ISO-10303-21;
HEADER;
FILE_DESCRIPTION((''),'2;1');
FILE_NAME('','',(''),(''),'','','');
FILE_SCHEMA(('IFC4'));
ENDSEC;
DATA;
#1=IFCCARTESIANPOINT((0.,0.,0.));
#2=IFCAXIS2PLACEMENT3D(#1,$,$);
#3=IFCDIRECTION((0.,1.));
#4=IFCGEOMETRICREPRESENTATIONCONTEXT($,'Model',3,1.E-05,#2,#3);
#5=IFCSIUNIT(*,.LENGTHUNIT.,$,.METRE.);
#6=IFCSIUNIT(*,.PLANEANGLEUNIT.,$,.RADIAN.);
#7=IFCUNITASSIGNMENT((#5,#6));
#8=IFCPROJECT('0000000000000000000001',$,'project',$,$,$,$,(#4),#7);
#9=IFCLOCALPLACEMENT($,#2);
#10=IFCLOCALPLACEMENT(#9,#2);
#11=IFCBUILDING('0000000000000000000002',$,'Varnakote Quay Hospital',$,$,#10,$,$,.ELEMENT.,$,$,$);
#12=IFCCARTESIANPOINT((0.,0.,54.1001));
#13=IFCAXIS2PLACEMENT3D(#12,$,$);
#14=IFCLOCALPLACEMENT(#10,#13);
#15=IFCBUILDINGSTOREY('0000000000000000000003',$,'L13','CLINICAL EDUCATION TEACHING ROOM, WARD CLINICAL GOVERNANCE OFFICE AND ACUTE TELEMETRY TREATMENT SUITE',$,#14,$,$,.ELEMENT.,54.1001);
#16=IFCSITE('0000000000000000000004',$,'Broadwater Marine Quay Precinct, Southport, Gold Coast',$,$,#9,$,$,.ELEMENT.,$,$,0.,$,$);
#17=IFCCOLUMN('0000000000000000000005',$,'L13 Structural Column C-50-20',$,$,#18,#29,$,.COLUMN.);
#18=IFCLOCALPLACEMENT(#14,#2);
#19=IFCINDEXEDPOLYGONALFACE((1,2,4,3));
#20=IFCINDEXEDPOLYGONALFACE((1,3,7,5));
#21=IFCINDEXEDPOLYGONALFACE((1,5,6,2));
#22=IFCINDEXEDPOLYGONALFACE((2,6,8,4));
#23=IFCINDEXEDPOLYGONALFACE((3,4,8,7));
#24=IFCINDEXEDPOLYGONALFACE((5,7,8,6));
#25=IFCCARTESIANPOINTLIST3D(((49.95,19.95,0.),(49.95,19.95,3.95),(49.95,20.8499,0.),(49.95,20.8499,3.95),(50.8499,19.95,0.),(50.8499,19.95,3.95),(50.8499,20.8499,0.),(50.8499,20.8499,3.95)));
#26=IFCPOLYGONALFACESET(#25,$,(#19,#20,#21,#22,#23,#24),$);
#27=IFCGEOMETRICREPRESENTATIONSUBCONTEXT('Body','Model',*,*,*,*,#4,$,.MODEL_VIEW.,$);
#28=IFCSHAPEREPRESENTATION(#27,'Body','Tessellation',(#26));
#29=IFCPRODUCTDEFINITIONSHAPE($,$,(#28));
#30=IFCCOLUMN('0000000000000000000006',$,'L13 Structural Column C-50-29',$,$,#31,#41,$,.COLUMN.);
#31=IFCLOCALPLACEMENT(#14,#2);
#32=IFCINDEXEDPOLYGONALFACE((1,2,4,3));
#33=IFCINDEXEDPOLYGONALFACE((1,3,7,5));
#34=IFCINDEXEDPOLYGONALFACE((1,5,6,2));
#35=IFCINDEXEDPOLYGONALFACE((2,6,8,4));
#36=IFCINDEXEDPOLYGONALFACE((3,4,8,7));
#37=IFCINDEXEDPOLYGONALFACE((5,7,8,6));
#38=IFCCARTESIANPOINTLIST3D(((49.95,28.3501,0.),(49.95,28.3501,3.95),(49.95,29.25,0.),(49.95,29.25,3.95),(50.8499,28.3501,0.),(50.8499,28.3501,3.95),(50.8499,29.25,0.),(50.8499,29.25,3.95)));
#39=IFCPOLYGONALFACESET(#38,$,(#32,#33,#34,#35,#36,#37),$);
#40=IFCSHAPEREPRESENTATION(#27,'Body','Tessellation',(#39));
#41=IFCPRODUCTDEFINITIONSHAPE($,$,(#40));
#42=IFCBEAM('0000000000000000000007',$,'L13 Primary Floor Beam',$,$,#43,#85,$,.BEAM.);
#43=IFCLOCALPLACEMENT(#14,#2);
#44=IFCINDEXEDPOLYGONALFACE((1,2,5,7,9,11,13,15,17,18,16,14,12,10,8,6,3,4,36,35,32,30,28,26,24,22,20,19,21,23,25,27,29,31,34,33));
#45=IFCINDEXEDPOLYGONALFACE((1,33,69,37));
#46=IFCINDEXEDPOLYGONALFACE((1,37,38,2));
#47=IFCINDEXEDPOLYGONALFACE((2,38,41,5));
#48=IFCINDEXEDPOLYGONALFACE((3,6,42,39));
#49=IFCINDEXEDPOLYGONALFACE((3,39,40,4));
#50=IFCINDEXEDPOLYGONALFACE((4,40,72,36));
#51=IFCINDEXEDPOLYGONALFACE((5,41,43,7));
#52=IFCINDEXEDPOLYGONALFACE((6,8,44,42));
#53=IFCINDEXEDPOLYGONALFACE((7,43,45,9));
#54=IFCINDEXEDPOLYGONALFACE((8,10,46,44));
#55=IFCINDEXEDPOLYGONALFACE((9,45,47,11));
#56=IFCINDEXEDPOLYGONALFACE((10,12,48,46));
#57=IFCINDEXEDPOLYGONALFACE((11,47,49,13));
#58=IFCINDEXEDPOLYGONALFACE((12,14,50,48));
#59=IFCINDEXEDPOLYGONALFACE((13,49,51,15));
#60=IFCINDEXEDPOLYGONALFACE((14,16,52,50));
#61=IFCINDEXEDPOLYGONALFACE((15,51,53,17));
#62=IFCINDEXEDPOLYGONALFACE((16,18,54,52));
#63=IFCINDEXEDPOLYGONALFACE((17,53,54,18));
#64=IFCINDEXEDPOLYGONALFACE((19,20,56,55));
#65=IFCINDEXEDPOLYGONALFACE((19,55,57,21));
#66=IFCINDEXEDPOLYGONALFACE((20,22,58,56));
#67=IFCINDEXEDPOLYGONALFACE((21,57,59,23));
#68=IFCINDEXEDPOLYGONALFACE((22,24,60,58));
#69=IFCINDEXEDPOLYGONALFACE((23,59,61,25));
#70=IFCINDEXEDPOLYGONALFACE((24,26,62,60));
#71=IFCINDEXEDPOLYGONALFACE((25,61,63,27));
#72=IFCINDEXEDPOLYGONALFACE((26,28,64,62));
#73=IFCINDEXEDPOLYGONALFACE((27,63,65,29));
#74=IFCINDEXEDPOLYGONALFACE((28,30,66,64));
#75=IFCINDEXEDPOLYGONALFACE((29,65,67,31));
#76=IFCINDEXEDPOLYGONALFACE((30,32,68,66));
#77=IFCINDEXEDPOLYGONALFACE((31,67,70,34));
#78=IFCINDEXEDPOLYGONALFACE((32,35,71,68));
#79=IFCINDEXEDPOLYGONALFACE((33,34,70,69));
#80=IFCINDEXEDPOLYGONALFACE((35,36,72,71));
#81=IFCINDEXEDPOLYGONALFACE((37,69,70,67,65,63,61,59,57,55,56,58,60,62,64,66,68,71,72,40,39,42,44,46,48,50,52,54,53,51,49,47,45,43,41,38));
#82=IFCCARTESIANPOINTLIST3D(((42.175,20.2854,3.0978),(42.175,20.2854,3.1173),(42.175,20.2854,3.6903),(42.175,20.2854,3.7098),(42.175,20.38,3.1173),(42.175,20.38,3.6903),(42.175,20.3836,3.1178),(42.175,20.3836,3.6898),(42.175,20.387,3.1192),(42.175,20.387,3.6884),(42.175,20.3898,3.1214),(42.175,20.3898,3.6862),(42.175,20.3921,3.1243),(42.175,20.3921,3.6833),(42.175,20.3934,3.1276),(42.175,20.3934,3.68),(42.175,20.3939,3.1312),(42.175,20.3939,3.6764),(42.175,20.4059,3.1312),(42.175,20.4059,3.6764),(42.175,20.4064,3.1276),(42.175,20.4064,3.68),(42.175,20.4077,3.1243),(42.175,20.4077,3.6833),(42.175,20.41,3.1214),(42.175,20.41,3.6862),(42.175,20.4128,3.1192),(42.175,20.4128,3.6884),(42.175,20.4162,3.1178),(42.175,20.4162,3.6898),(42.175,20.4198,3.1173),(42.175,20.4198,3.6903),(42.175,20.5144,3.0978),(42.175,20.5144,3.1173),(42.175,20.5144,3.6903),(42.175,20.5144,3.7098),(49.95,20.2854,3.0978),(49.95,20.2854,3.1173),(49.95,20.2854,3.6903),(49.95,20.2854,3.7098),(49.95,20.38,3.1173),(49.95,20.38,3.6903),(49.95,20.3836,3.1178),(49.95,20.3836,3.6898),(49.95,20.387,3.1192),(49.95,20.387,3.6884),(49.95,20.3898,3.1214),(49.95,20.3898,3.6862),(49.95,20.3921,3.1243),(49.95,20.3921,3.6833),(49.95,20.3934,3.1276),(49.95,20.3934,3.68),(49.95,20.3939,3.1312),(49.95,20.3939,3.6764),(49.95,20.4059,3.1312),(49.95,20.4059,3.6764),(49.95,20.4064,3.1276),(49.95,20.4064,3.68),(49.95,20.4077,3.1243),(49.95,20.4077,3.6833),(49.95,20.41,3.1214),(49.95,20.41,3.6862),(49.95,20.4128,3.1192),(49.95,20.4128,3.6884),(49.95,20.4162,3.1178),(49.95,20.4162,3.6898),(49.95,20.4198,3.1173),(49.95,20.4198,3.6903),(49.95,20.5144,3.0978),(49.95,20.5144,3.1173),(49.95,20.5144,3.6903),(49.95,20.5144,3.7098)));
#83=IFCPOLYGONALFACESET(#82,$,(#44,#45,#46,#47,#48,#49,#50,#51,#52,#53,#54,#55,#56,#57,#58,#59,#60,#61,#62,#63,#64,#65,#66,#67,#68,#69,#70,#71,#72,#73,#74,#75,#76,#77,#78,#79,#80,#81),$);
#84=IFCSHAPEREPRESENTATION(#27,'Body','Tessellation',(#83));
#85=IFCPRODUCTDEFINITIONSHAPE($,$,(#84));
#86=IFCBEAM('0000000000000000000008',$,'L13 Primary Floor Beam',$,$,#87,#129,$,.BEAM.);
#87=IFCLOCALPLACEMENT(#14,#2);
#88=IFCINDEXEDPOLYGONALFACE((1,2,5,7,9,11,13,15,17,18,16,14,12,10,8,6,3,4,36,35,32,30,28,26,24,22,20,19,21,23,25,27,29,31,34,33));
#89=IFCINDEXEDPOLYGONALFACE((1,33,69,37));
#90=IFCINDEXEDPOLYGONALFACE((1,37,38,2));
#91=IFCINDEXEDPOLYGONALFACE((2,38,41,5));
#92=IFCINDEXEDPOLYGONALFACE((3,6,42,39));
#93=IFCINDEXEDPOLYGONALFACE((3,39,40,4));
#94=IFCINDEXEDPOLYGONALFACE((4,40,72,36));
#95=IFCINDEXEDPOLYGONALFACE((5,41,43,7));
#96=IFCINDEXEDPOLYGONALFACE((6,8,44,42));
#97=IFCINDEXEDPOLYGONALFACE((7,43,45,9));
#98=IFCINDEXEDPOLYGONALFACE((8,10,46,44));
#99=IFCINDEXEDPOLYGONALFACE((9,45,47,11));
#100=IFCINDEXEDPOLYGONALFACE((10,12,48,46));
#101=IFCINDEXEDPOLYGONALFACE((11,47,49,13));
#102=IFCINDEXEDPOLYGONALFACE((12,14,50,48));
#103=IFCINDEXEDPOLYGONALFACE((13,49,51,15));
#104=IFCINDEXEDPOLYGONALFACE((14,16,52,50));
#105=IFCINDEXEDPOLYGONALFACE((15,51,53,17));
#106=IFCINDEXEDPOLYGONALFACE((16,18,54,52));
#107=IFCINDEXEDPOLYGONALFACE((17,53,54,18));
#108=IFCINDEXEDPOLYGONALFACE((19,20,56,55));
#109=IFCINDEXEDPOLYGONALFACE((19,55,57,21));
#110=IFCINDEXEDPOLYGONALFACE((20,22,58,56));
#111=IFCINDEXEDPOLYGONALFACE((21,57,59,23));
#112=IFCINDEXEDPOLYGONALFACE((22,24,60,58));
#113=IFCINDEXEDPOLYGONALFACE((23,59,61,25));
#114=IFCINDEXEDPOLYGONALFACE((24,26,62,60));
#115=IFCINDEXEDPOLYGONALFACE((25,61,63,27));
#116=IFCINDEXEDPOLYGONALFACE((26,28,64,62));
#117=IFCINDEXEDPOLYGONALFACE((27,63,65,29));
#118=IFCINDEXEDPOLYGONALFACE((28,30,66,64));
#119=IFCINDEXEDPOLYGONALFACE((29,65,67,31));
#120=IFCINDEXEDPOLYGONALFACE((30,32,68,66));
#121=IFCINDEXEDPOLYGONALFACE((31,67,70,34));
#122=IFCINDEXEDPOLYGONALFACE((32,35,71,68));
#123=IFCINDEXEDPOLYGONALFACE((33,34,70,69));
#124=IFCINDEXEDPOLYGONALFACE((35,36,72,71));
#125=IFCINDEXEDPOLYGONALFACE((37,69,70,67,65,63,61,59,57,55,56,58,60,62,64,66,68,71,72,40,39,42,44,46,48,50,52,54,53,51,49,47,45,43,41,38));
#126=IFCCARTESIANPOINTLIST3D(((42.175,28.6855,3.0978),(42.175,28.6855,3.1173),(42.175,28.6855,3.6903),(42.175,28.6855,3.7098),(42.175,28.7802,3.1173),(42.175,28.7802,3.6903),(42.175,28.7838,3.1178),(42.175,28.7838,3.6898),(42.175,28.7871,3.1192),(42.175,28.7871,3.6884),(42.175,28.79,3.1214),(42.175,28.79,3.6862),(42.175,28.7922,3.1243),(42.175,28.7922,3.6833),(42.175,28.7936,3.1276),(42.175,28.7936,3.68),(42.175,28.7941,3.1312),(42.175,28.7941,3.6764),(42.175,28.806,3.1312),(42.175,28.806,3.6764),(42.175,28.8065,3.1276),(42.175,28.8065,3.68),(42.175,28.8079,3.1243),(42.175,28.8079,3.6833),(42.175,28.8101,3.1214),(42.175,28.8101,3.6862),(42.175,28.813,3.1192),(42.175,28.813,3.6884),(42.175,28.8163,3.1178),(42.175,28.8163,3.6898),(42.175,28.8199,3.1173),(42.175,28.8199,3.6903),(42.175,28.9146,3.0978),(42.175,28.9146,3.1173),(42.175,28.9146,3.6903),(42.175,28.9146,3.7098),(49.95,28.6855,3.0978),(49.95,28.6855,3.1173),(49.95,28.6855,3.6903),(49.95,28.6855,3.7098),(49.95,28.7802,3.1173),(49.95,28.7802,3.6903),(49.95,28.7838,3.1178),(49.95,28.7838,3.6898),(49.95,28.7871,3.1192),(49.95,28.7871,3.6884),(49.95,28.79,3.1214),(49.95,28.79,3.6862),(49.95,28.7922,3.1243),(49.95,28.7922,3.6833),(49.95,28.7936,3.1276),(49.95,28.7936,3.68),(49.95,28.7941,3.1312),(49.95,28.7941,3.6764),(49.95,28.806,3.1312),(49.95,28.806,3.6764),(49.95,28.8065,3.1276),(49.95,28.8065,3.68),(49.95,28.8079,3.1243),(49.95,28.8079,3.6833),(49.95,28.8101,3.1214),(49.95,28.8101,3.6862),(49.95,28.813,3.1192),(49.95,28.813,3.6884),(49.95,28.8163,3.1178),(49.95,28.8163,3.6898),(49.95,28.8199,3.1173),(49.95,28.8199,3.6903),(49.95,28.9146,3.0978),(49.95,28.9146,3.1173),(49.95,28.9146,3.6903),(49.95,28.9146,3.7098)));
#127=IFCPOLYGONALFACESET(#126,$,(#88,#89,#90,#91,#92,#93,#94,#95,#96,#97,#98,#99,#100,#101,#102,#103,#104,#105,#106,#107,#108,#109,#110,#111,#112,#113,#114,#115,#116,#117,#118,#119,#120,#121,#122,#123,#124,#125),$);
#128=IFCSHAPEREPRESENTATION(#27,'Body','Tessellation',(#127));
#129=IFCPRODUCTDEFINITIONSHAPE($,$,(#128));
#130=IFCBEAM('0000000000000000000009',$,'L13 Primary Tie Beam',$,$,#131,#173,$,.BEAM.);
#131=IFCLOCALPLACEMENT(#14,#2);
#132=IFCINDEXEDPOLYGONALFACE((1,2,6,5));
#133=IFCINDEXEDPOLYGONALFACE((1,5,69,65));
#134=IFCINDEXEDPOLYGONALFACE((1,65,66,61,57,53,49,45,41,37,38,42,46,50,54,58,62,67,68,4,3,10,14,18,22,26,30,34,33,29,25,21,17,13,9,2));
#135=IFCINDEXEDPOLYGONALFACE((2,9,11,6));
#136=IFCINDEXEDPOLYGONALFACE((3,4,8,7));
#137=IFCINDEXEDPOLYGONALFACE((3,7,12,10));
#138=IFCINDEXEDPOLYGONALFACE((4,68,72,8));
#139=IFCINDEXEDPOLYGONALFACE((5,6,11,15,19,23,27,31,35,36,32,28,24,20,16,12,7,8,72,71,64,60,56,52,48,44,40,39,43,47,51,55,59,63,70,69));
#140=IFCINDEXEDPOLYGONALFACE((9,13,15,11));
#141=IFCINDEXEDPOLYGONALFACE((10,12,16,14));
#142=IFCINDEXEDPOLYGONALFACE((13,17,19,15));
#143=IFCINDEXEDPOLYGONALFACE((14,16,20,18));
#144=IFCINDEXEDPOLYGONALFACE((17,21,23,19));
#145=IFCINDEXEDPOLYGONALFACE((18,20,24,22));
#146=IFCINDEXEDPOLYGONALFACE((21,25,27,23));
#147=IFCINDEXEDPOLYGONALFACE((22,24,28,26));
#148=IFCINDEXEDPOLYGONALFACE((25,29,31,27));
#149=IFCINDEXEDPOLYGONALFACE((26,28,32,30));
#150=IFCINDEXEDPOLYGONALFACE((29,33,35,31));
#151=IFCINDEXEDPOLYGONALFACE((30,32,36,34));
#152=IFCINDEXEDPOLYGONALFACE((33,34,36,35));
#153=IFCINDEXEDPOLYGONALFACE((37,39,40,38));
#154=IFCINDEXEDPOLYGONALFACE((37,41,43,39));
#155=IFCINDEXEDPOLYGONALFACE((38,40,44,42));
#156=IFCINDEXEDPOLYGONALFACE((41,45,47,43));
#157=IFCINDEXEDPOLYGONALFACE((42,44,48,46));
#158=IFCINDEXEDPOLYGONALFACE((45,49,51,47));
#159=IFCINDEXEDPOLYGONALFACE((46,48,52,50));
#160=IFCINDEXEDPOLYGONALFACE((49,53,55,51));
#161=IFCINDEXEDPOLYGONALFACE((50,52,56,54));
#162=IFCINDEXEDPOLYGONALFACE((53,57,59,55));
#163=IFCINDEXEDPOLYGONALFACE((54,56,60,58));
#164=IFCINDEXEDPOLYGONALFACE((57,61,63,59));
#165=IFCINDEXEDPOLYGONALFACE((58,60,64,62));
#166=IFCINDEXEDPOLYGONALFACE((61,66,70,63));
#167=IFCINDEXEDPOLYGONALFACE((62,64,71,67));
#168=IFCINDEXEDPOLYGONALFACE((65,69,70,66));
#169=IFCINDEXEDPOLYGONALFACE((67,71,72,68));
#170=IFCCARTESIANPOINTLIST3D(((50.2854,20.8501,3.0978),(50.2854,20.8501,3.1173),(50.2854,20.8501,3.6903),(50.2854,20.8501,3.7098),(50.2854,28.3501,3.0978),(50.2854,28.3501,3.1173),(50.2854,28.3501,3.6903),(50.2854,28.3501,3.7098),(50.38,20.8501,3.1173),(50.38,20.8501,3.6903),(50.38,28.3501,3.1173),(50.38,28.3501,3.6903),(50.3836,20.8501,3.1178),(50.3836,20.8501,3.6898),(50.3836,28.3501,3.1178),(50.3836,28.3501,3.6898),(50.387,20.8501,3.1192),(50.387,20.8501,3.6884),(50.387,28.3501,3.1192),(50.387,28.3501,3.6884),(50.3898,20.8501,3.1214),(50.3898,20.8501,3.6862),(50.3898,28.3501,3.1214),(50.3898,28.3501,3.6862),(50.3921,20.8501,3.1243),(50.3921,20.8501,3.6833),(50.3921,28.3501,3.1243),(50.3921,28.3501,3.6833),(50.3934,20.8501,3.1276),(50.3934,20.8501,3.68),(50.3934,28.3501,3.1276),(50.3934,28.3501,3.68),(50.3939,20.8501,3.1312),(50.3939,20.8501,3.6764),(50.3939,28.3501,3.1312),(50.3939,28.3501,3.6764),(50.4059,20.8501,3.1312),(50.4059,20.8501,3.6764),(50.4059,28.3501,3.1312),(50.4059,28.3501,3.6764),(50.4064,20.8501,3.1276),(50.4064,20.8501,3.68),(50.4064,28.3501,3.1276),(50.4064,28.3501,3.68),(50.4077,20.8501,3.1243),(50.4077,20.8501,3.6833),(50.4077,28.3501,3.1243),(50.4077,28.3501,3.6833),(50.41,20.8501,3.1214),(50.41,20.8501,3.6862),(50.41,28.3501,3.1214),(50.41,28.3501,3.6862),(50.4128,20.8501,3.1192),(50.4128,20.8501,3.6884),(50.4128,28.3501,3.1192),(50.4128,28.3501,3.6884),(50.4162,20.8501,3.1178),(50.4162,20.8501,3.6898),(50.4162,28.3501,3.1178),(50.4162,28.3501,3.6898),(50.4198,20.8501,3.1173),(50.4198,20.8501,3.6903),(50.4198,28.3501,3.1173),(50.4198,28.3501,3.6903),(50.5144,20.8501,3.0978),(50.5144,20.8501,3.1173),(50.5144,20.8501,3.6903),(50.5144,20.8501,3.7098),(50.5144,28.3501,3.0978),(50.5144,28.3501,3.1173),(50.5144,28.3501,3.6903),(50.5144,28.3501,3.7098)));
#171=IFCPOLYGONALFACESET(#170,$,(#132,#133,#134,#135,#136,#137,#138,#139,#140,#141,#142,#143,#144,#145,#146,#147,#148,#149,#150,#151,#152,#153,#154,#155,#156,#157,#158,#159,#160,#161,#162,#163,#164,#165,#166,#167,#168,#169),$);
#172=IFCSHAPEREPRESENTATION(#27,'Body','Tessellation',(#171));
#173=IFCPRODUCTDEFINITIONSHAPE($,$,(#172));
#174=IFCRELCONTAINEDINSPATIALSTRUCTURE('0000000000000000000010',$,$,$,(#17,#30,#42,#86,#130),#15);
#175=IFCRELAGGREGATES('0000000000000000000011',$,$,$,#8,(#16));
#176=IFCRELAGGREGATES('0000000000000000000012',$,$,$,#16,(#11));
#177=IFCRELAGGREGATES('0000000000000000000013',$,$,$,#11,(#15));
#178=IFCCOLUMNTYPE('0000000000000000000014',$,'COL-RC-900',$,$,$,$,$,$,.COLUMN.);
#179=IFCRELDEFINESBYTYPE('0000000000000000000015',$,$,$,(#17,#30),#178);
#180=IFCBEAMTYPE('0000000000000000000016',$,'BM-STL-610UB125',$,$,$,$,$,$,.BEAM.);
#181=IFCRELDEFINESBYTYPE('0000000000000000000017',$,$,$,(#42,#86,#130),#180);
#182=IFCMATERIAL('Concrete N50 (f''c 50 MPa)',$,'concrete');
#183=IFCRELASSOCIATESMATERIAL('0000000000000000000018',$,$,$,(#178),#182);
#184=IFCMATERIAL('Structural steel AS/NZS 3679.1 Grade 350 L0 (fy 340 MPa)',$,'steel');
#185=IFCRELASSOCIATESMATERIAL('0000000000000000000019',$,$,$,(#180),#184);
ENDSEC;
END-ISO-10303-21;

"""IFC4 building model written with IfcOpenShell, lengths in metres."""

from ifc_helpers import new_model, si_unit, direction, frame, origin, origin_2d, place, context, subcontext, project, spatial, rectangle, i_section, extrude, material, material_profile, profile_set, type_object, element, save


model = new_model("IFC4")

# Units and contexts
model_context = context("Model", 3, precision=1e-05, world=origin(), true_north=direction((0.0, 1.0)))
body_context = subcontext(model_context, "Body", "Model", "MODEL_VIEW")
ifc_project = project(units=[si_unit("LENGTHUNIT", "METRE"), si_unit("PLANEANGLEUNIT", "RADIAN")], contexts=[model_context])

# Site, building, storey
site_placement = place(None, origin())
site = spatial("IfcSite", under=ifc_project, at=site_placement, Name="Broadwater Marine Quay Precinct, Southport, Gold Coast", CompositionType="ELEMENT", RefElevation=0.0)
building_placement = place(site_placement, origin())
building = spatial("IfcBuilding", under=site, at=building_placement, Name="Varnakote Quay Hospital", CompositionType="ELEMENT")
storey_placement = place(building_placement, frame((0.0, 0.0, 54.1001)))
storey = spatial("IfcBuildingStorey", under=building, at=storey_placement, Name="L13", Description="CLINICAL EDUCATION TEACHING ROOM, WARD CLINICAL GOVERNANCE OFFICE AND ACUTE TELEMETRY TREATMENT SUITE", CompositionType="ELEMENT", Elevation=54.1001)

# Columns
ifc_material_1 = material(Name="Concrete N50 (f'c 50 MPa)", Category="concrete")
ifc_material_profile_1 = material_profile(ifc_material_1, rectangle(XDim=0.8999, YDim=0.8999, at=origin_2d()), Name="RC-COL-900x900")
ifc_profile_set_1 = profile_set([ifc_material_profile_1], Name="Concrete N50 (f'c 50 MPa)")
column_type = type_object("IfcColumnType", Name="COL-RC-900", PredefinedType="COLUMN", material=ifc_profile_set_1)
for number, where, z_axis, x_axis, name in (
    (1, (50.3999, 20.3999, 0.0), (0.0, 0.0, 1.0), (1.0, 0.0, 0.0), "L13 Structural Column C-50-20"),
    (2, (50.3999, 28.8, 0.0), (0.0, 0.0, 1.0), (1.0, 0.0, 0.0), "L13 Structural Column C-50-29"),
):
    element("IfcColumn", number, at=place(storey_placement, frame(where, z_axis=z_axis, x_axis=x_axis)), inside=storey, type_object=column_type, Name=name, PredefinedType="COLUMN", context=body_context, shape_type="SweptSolid", body=[
        extrude(rectangle(XDim=0.8999, YDim=0.8999, at=origin_2d()), origin(), (0.0, 0.0, 1.0), 3.95),
    ])

# Beams
ifc_material_2 = material(Name="Structural steel AS/NZS 3679.1 Grade 350 L0 (fy 340 MPa)", Category="steel")
ifc_material_profile_2 = material_profile(ifc_material_2, i_section(OverallWidth=0.229, OverallDepth=0.6121, WebThickness=0.012, FlangeThickness=0.0195, FilletRadius=0.0139, at=origin_2d()), Name="610UB125")
ifc_profile_set_2 = profile_set([ifc_material_profile_2], Name="Structural steel AS/NZS 3679.1 Grade 350 L0 (fy 340 MPa)")
beam_type = type_object("IfcBeamType", Name="BM-STL-610UB125", PredefinedType="BEAM", material=ifc_profile_set_2)
for number, where, z_axis, x_axis, name in (
    (3, (42.175, 20.3999, 3.4038), (1.0, 0.0, 0.0), (0.0, 1.0, 0.0), "L13 Primary Floor Beam"),
    (4, (42.175, 28.8, 3.4038), (1.0, 0.0, 0.0), (0.0, 1.0, 0.0), "L13 Primary Floor Beam"),
):
    element("IfcBeam", number, at=place(storey_placement, frame(where, z_axis=z_axis, x_axis=x_axis)), inside=storey, type_object=beam_type, Name=name, PredefinedType="BEAM", context=body_context, shape_type="SweptSolid", body=[
        extrude(i_section(OverallWidth=0.229, OverallDepth=0.6121, WebThickness=0.012, FlangeThickness=0.0195, FilletRadius=0.0139, at=origin_2d()), origin(), (0.0, 0.0, 1.0), 7.7749),
    ])
beam_placement = place(storey_placement, frame((50.3999, 20.8501, 3.4038), z_axis=(0.0, 1.0, 0.0), x_axis=(-1.0, 0.0, 0.0)))
element("IfcBeam", 5, at=beam_placement, inside=storey, type_object=beam_type, Name="L13 Primary Tie Beam", PredefinedType="BEAM", context=body_context, shape_type="SweptSolid", body=[
    extrude(i_section(OverallWidth=0.229, OverallDepth=0.6121, WebThickness=0.012, FlangeThickness=0.0195, FilletRadius=0.0139, at=origin_2d()), origin(), (0.0, 0.0, 1.0), 7.5),
])

save(model, "model.ifc")
